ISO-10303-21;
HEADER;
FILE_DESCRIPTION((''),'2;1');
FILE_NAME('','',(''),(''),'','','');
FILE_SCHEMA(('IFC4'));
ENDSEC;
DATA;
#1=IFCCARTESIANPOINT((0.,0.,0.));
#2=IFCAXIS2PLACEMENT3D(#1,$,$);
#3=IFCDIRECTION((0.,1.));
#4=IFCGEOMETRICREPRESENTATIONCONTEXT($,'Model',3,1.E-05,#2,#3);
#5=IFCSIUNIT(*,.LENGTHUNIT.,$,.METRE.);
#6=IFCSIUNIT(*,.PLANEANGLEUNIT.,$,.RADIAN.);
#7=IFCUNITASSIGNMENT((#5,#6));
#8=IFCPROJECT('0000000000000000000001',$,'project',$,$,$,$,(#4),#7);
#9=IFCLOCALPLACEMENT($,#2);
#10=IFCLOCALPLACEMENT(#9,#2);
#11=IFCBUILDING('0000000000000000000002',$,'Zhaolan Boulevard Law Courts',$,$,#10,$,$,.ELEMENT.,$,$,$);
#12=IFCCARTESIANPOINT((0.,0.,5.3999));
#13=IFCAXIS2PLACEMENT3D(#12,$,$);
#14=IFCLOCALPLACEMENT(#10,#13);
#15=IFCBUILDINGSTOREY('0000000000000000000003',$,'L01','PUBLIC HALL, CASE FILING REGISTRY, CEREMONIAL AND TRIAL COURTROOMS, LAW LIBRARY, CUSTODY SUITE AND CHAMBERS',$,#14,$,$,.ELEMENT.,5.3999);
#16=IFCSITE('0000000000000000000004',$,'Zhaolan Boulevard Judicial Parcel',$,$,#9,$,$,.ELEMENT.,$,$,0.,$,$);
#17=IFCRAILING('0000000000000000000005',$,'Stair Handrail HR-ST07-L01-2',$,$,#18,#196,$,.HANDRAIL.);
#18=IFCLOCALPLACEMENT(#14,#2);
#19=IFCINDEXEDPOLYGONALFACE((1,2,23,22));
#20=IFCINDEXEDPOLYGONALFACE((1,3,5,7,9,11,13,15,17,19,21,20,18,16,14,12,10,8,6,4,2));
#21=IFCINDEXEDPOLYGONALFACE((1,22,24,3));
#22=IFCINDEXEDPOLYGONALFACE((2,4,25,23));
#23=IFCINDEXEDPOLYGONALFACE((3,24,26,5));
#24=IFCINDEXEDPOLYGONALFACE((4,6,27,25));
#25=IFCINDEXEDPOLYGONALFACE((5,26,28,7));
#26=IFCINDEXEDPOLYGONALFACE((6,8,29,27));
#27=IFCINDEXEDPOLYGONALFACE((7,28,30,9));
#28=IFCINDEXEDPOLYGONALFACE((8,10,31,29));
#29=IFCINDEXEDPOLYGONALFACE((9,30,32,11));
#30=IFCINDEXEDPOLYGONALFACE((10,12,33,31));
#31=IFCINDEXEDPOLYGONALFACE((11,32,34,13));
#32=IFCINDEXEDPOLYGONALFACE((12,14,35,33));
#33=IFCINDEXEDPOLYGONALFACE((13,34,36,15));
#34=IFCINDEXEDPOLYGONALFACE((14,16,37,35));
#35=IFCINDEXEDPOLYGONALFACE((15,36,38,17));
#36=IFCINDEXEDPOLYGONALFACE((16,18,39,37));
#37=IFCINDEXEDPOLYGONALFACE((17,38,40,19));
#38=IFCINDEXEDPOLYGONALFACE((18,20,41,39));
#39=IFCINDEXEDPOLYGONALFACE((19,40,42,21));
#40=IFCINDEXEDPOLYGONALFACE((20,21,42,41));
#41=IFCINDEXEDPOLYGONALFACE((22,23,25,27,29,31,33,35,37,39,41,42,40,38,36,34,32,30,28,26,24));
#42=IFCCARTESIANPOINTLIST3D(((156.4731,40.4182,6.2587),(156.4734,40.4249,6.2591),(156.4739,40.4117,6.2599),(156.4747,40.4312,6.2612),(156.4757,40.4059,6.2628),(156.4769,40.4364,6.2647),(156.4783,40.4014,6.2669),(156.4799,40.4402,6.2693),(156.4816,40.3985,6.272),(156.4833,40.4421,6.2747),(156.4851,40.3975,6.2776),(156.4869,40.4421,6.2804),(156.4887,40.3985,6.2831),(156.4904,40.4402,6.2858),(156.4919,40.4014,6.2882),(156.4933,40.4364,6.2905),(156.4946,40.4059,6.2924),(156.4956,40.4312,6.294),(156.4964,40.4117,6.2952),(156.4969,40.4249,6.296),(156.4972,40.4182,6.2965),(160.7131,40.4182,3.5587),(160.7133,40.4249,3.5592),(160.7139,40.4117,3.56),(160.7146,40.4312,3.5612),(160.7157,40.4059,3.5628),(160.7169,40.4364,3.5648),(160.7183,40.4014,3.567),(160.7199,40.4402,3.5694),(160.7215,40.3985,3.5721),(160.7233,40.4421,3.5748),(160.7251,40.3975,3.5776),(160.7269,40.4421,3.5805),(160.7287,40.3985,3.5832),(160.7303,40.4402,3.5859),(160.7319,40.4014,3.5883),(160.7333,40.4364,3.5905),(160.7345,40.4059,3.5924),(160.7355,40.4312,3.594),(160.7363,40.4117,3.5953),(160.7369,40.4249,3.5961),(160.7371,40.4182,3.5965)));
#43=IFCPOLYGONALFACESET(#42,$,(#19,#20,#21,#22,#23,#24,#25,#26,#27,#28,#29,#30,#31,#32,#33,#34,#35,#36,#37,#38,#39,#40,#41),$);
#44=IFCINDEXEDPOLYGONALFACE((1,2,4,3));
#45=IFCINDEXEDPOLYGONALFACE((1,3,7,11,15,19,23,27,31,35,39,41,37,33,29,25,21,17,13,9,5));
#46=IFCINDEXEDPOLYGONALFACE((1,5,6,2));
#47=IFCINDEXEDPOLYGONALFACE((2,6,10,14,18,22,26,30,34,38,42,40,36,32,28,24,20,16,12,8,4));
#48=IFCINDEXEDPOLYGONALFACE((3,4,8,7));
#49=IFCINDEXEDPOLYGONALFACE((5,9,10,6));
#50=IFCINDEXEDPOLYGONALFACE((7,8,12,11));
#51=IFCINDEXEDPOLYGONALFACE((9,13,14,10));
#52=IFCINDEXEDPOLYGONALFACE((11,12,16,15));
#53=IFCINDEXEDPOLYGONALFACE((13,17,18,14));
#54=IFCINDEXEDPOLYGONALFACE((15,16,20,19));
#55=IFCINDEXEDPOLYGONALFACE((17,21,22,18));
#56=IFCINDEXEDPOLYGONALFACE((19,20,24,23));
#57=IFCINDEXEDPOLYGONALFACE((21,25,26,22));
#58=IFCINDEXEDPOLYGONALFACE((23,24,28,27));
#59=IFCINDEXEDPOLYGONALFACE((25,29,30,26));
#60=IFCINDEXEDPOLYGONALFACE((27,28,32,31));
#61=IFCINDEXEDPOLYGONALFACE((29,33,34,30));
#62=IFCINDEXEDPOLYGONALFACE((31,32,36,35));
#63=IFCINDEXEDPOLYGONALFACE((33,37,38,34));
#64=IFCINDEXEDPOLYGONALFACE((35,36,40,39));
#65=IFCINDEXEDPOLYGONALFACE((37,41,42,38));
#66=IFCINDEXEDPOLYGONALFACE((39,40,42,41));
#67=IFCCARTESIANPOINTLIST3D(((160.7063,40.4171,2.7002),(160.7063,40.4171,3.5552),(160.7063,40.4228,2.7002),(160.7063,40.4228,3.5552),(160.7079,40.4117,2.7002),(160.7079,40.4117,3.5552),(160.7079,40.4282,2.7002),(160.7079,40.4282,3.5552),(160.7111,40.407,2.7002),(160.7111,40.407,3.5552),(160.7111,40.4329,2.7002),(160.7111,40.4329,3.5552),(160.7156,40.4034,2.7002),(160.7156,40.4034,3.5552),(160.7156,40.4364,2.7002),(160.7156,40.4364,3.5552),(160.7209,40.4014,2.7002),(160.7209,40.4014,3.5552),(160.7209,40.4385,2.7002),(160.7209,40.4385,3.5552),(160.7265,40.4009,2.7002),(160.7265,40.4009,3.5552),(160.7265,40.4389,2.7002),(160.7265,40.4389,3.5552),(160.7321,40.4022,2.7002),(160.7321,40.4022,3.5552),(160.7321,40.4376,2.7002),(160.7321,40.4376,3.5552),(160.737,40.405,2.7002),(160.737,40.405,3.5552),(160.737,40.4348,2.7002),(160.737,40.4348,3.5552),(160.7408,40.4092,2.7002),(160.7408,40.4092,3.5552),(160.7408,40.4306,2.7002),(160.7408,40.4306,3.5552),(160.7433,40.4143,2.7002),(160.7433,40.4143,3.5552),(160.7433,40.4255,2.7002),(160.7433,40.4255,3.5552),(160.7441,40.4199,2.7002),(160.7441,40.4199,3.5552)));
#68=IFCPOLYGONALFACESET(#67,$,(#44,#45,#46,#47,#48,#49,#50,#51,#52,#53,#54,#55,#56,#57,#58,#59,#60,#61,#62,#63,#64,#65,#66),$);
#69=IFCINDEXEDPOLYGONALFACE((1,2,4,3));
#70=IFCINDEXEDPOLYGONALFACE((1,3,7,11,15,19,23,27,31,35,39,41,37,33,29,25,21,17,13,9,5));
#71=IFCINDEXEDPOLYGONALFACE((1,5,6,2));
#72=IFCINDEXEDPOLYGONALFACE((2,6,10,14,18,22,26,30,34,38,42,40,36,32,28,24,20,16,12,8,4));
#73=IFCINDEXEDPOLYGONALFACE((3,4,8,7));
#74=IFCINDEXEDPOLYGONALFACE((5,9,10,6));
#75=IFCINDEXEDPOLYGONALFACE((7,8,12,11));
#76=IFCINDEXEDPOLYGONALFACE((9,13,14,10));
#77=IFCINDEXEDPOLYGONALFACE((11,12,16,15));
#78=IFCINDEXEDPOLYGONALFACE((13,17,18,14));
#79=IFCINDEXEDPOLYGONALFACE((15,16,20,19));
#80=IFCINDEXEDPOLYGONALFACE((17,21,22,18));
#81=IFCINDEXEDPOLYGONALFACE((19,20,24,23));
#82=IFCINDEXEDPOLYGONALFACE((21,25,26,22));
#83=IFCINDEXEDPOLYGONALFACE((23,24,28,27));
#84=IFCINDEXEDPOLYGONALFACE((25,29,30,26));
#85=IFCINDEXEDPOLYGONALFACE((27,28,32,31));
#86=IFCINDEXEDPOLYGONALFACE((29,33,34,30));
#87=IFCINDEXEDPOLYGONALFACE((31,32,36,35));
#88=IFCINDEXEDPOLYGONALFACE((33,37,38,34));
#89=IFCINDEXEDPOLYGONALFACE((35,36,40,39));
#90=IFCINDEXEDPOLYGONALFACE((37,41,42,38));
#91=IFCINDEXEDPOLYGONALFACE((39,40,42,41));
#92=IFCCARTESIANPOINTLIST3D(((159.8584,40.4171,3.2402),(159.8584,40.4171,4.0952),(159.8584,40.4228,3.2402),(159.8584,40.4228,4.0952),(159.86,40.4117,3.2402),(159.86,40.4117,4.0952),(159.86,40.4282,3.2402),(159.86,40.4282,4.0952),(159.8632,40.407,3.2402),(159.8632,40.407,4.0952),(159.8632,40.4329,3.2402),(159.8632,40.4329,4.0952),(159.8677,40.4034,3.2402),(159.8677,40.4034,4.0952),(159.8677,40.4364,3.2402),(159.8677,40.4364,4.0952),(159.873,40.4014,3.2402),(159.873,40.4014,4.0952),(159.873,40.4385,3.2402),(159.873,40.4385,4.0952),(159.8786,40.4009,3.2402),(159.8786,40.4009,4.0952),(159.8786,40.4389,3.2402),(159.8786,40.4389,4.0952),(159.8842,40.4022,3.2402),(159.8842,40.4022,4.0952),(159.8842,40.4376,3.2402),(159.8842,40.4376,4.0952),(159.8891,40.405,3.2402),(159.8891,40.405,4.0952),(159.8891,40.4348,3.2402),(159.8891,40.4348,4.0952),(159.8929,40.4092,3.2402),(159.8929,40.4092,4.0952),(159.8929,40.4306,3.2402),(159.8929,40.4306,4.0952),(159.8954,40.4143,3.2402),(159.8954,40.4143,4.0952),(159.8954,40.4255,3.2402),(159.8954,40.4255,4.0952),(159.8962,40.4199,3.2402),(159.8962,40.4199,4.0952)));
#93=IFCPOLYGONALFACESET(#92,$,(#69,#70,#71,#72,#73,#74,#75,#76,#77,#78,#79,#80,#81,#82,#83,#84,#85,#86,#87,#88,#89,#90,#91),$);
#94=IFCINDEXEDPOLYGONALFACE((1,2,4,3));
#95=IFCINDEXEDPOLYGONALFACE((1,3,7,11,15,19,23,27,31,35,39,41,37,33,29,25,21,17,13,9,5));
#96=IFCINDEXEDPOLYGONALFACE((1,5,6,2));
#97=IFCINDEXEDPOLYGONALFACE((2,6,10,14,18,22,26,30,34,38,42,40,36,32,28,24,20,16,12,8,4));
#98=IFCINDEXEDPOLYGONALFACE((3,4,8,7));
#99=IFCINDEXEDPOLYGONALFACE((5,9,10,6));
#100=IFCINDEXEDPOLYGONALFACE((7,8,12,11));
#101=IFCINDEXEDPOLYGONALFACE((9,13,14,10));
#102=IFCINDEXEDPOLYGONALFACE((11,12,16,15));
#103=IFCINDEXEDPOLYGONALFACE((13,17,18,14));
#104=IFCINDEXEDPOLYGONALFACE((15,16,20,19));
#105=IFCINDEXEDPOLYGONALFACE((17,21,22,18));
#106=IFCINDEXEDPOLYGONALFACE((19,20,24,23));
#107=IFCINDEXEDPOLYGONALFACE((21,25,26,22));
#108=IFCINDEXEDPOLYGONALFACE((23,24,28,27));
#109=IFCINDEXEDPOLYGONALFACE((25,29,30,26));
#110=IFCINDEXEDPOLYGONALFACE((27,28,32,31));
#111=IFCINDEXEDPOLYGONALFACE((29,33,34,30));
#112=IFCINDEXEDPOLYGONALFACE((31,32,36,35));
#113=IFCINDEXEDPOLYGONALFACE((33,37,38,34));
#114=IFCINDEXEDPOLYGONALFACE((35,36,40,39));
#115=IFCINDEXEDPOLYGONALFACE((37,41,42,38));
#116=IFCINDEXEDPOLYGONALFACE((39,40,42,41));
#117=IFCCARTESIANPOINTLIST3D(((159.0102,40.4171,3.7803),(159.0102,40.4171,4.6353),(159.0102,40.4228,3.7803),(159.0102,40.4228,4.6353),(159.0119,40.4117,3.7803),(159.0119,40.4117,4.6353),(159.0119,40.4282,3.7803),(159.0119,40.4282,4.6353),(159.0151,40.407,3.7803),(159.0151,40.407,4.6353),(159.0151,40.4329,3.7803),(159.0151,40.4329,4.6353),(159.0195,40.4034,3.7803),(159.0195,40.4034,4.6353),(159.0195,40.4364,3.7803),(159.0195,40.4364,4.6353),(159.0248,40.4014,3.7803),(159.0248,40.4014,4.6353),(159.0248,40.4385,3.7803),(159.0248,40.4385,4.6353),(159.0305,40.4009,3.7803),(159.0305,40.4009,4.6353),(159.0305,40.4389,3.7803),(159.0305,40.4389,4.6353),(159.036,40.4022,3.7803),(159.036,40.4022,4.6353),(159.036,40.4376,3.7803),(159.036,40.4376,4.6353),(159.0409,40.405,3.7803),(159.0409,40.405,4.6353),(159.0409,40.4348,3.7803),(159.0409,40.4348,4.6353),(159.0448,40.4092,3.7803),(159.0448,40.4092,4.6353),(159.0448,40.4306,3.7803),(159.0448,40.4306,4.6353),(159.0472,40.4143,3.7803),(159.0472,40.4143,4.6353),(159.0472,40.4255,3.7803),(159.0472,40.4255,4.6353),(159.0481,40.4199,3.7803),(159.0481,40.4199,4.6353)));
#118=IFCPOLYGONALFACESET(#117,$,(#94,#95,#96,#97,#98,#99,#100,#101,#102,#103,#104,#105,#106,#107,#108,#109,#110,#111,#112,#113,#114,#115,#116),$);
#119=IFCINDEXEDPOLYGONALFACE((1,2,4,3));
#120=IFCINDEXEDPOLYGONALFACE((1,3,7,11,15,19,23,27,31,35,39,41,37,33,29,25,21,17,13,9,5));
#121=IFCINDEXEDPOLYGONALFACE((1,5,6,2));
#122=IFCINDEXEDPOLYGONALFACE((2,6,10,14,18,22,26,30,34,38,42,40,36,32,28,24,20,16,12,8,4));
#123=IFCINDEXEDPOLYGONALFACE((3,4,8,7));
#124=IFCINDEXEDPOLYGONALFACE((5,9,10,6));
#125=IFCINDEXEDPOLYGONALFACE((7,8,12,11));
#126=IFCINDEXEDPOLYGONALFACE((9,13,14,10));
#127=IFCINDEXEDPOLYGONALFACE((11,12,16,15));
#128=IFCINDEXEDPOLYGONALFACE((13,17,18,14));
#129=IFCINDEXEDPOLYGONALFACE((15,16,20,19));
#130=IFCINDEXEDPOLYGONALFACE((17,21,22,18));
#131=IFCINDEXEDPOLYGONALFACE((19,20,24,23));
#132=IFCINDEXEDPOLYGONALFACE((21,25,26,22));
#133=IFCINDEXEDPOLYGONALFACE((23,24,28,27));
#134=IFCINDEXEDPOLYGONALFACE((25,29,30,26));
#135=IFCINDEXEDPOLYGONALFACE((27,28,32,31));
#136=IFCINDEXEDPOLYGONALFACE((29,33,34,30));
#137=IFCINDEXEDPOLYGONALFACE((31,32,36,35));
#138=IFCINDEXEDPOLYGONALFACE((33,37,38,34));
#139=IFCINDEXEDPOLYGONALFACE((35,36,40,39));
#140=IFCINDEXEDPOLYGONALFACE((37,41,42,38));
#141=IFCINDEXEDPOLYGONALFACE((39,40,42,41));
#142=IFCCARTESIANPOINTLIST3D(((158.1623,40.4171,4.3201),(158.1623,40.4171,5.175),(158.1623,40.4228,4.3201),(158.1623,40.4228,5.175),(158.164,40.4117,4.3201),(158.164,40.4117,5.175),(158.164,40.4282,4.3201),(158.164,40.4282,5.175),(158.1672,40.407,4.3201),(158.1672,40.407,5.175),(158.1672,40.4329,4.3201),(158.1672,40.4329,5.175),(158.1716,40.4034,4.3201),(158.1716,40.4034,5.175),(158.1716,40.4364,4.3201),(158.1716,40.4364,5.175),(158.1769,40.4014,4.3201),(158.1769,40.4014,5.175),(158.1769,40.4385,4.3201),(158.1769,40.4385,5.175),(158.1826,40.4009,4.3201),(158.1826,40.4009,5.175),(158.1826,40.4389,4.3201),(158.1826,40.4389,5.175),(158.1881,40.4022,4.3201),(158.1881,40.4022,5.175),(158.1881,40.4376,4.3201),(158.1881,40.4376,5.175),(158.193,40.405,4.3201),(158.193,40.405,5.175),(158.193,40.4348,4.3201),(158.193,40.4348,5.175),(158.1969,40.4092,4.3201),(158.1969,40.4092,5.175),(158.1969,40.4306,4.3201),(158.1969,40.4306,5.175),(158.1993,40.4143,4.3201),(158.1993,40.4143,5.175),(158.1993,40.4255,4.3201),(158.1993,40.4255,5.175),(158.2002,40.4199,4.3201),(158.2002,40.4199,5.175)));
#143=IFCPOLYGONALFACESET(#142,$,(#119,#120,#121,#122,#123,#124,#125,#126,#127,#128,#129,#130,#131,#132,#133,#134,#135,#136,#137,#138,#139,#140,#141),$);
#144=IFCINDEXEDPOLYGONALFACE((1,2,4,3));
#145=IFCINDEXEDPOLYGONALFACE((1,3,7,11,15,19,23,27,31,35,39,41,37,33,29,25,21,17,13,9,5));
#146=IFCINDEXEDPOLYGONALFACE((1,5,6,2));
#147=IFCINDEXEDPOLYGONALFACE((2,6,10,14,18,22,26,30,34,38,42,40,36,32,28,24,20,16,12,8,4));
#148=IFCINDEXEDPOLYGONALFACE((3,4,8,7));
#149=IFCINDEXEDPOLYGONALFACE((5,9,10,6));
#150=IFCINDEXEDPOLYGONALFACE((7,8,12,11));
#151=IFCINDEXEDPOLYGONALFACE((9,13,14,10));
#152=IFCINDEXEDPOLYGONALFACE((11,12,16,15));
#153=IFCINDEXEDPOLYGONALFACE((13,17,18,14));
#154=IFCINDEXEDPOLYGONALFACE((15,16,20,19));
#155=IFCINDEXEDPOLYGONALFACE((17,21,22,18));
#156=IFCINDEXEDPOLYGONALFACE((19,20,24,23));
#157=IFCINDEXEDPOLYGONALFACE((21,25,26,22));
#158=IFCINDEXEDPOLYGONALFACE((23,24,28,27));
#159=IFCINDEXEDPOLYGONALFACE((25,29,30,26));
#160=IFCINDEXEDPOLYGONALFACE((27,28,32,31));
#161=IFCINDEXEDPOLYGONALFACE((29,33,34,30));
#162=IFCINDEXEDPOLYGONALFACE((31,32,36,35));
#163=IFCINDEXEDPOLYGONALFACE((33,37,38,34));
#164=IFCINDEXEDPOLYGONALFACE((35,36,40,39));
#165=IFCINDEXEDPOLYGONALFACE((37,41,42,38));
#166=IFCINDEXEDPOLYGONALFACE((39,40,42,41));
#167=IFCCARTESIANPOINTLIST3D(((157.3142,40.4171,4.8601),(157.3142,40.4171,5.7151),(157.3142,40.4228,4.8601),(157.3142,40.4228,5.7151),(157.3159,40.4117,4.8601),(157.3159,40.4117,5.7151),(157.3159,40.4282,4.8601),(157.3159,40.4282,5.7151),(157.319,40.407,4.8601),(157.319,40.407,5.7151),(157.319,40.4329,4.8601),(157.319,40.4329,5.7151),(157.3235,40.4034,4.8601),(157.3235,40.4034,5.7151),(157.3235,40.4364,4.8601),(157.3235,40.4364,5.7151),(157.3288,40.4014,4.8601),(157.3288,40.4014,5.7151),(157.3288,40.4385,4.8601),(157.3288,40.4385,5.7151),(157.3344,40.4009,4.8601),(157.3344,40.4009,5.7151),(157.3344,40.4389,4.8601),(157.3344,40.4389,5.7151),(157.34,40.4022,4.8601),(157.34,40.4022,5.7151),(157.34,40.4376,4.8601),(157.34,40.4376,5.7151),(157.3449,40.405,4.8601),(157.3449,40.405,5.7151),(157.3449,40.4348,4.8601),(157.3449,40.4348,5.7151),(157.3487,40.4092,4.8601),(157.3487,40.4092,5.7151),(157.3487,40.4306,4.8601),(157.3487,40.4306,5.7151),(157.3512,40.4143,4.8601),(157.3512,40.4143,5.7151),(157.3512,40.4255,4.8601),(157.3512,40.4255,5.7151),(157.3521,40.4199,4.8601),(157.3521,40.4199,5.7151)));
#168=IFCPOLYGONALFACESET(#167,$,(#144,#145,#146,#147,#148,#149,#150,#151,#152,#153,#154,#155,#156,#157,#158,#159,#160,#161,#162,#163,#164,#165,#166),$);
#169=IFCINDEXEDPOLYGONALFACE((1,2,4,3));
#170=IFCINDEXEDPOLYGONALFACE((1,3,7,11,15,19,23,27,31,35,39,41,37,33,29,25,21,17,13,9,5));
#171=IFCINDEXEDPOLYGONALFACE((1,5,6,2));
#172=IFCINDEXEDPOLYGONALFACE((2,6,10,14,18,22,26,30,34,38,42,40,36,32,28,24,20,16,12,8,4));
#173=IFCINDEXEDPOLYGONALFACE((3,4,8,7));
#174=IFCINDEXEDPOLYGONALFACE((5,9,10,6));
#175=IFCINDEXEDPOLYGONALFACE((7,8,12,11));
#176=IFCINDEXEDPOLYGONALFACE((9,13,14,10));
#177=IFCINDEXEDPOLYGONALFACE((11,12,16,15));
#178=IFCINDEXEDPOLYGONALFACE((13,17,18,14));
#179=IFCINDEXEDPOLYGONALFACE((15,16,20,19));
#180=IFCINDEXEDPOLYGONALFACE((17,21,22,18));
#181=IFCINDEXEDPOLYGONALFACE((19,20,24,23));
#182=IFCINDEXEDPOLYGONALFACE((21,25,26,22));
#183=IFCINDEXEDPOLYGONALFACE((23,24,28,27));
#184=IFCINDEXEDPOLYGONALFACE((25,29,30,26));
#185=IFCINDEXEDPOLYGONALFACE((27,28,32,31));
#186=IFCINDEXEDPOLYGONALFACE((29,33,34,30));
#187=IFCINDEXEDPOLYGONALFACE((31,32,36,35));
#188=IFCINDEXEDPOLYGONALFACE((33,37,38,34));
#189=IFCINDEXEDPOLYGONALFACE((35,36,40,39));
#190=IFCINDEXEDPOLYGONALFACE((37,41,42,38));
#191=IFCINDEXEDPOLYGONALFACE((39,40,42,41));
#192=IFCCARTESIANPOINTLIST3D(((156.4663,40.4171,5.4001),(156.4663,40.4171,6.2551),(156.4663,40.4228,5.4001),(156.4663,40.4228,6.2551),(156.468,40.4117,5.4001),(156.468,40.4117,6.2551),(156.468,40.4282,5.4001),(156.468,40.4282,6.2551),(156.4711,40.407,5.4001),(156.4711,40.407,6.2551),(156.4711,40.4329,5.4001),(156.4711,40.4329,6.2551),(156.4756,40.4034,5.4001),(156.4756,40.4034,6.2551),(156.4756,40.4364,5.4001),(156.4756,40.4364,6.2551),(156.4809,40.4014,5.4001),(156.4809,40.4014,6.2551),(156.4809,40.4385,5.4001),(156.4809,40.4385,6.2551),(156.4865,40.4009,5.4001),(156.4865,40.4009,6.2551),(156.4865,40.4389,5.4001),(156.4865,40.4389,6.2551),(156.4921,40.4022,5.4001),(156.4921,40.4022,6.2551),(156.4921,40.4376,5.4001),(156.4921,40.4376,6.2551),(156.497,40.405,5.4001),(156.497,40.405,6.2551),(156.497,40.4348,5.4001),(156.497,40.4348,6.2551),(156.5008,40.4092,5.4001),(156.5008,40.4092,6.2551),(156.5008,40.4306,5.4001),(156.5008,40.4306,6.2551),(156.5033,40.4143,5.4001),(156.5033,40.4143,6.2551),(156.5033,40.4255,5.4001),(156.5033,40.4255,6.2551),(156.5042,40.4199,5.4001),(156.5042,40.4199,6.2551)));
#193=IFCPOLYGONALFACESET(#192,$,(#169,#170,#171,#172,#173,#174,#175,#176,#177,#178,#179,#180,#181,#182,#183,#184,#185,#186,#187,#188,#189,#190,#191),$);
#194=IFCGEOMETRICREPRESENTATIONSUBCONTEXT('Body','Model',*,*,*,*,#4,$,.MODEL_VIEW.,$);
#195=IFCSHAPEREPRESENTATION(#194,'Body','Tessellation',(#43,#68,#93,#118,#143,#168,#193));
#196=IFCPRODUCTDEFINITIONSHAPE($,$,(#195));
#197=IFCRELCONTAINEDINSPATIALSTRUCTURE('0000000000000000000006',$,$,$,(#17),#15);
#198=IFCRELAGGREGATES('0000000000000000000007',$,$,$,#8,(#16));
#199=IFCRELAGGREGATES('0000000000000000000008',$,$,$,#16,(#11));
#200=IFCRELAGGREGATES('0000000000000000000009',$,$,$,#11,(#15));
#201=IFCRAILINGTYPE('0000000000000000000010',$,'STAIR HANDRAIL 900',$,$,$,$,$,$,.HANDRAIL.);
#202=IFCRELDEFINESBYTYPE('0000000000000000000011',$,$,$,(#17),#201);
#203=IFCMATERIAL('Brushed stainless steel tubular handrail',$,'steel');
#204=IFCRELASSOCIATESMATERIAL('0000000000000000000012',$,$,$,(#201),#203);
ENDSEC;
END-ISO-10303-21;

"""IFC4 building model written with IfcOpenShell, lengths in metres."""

from ifc_helpers import new_model, si_unit, direction, frame, origin, origin_2d, place, context, subcontext, project, spatial, circle, extrude, material, type_object, element, save


model = new_model("IFC4")

# Units and contexts
model_context = context("Model", 3, precision=1e-05, world=origin(), true_north=direction((0.0, 1.0)))
body_context = subcontext(model_context, "Body", "Model", "MODEL_VIEW")
ifc_project = project(units=[si_unit("LENGTHUNIT", "METRE"), si_unit("PLANEANGLEUNIT", "RADIAN")], contexts=[model_context])

# Site, building, storey
site_placement = place(None, origin())
site = spatial("IfcSite", under=ifc_project, at=site_placement, Name="Zhaolan Boulevard Judicial Parcel", CompositionType="ELEMENT", RefElevation=0.0)
building_placement = place(site_placement, origin())
building = spatial("IfcBuilding", under=site, at=building_placement, Name="Zhaolan Boulevard Law Courts", CompositionType="ELEMENT")
storey_placement = place(building_placement, frame((0.0, 0.0, 5.3999)))
storey = spatial("IfcBuildingStorey", under=building, at=storey_placement, Name="L01", Description="PUBLIC HALL, CASE FILING REGISTRY, CEREMONIAL AND TRIAL COURTROOMS, LAW LIBRARY, CUSTODY SUITE AND CHAMBERS", CompositionType="ELEMENT", Elevation=5.3999)

# Railing
ifc_material_1 = material(Name="Brushed stainless steel tubular handrail", Category="steel")
railing_type_1 = type_object("IfcRailingType", Name="STAIR HANDRAIL 900", PredefinedType="HANDRAIL", material=ifc_material_1)
railing_1_placement = place(storey_placement, frame((160.7251, 40.4199, 2.7002)))
element("IfcRailing", 1, at=railing_1_placement, inside=storey, type_object=railing_type_1, Name="Stair Handrail HR-ST07-L01-2", PredefinedType="HANDRAIL", context=body_context, shape_type="SweptSolid", body=[
    extrude(circle(Radius=0.0225, at=origin_2d()), frame((0.0, 0.0, 0.8774), z_axis=(-0.843501, 0.0, 0.537127), x_axis=(0.0, -1.0, 0.0)), (0.0, 0.0, 1.0), 5.0266),
    extrude(circle(Radius=0.019, at=origin_2d()), origin(), (0.0, 0.0, 1.0), 0.855),
    extrude(circle(Radius=0.019, at=origin_2d()), frame((-0.8479, 0.0, 0.54)), (0.0, 0.0, 1.0), 0.855),
    extrude(circle(Radius=0.019, at=origin_2d()), frame((-1.696, 0.0, 1.0801)), (0.0, 0.0, 1.0), 0.855),
    extrude(circle(Radius=0.019, at=origin_2d()), frame((-2.5439, 0.0, 1.6199)), (0.0, 0.0, 1.0), 0.855),
    extrude(circle(Radius=0.019, at=origin_2d()), frame((-3.3921, 0.0, 2.1599)), (0.0, 0.0, 1.0), 0.855),
    extrude(circle(Radius=0.019, at=origin_2d()), frame((-4.24, 0.0, 2.7)), (0.0, 0.0, 1.0), 0.855),
])

save(model, "model.ifc")
